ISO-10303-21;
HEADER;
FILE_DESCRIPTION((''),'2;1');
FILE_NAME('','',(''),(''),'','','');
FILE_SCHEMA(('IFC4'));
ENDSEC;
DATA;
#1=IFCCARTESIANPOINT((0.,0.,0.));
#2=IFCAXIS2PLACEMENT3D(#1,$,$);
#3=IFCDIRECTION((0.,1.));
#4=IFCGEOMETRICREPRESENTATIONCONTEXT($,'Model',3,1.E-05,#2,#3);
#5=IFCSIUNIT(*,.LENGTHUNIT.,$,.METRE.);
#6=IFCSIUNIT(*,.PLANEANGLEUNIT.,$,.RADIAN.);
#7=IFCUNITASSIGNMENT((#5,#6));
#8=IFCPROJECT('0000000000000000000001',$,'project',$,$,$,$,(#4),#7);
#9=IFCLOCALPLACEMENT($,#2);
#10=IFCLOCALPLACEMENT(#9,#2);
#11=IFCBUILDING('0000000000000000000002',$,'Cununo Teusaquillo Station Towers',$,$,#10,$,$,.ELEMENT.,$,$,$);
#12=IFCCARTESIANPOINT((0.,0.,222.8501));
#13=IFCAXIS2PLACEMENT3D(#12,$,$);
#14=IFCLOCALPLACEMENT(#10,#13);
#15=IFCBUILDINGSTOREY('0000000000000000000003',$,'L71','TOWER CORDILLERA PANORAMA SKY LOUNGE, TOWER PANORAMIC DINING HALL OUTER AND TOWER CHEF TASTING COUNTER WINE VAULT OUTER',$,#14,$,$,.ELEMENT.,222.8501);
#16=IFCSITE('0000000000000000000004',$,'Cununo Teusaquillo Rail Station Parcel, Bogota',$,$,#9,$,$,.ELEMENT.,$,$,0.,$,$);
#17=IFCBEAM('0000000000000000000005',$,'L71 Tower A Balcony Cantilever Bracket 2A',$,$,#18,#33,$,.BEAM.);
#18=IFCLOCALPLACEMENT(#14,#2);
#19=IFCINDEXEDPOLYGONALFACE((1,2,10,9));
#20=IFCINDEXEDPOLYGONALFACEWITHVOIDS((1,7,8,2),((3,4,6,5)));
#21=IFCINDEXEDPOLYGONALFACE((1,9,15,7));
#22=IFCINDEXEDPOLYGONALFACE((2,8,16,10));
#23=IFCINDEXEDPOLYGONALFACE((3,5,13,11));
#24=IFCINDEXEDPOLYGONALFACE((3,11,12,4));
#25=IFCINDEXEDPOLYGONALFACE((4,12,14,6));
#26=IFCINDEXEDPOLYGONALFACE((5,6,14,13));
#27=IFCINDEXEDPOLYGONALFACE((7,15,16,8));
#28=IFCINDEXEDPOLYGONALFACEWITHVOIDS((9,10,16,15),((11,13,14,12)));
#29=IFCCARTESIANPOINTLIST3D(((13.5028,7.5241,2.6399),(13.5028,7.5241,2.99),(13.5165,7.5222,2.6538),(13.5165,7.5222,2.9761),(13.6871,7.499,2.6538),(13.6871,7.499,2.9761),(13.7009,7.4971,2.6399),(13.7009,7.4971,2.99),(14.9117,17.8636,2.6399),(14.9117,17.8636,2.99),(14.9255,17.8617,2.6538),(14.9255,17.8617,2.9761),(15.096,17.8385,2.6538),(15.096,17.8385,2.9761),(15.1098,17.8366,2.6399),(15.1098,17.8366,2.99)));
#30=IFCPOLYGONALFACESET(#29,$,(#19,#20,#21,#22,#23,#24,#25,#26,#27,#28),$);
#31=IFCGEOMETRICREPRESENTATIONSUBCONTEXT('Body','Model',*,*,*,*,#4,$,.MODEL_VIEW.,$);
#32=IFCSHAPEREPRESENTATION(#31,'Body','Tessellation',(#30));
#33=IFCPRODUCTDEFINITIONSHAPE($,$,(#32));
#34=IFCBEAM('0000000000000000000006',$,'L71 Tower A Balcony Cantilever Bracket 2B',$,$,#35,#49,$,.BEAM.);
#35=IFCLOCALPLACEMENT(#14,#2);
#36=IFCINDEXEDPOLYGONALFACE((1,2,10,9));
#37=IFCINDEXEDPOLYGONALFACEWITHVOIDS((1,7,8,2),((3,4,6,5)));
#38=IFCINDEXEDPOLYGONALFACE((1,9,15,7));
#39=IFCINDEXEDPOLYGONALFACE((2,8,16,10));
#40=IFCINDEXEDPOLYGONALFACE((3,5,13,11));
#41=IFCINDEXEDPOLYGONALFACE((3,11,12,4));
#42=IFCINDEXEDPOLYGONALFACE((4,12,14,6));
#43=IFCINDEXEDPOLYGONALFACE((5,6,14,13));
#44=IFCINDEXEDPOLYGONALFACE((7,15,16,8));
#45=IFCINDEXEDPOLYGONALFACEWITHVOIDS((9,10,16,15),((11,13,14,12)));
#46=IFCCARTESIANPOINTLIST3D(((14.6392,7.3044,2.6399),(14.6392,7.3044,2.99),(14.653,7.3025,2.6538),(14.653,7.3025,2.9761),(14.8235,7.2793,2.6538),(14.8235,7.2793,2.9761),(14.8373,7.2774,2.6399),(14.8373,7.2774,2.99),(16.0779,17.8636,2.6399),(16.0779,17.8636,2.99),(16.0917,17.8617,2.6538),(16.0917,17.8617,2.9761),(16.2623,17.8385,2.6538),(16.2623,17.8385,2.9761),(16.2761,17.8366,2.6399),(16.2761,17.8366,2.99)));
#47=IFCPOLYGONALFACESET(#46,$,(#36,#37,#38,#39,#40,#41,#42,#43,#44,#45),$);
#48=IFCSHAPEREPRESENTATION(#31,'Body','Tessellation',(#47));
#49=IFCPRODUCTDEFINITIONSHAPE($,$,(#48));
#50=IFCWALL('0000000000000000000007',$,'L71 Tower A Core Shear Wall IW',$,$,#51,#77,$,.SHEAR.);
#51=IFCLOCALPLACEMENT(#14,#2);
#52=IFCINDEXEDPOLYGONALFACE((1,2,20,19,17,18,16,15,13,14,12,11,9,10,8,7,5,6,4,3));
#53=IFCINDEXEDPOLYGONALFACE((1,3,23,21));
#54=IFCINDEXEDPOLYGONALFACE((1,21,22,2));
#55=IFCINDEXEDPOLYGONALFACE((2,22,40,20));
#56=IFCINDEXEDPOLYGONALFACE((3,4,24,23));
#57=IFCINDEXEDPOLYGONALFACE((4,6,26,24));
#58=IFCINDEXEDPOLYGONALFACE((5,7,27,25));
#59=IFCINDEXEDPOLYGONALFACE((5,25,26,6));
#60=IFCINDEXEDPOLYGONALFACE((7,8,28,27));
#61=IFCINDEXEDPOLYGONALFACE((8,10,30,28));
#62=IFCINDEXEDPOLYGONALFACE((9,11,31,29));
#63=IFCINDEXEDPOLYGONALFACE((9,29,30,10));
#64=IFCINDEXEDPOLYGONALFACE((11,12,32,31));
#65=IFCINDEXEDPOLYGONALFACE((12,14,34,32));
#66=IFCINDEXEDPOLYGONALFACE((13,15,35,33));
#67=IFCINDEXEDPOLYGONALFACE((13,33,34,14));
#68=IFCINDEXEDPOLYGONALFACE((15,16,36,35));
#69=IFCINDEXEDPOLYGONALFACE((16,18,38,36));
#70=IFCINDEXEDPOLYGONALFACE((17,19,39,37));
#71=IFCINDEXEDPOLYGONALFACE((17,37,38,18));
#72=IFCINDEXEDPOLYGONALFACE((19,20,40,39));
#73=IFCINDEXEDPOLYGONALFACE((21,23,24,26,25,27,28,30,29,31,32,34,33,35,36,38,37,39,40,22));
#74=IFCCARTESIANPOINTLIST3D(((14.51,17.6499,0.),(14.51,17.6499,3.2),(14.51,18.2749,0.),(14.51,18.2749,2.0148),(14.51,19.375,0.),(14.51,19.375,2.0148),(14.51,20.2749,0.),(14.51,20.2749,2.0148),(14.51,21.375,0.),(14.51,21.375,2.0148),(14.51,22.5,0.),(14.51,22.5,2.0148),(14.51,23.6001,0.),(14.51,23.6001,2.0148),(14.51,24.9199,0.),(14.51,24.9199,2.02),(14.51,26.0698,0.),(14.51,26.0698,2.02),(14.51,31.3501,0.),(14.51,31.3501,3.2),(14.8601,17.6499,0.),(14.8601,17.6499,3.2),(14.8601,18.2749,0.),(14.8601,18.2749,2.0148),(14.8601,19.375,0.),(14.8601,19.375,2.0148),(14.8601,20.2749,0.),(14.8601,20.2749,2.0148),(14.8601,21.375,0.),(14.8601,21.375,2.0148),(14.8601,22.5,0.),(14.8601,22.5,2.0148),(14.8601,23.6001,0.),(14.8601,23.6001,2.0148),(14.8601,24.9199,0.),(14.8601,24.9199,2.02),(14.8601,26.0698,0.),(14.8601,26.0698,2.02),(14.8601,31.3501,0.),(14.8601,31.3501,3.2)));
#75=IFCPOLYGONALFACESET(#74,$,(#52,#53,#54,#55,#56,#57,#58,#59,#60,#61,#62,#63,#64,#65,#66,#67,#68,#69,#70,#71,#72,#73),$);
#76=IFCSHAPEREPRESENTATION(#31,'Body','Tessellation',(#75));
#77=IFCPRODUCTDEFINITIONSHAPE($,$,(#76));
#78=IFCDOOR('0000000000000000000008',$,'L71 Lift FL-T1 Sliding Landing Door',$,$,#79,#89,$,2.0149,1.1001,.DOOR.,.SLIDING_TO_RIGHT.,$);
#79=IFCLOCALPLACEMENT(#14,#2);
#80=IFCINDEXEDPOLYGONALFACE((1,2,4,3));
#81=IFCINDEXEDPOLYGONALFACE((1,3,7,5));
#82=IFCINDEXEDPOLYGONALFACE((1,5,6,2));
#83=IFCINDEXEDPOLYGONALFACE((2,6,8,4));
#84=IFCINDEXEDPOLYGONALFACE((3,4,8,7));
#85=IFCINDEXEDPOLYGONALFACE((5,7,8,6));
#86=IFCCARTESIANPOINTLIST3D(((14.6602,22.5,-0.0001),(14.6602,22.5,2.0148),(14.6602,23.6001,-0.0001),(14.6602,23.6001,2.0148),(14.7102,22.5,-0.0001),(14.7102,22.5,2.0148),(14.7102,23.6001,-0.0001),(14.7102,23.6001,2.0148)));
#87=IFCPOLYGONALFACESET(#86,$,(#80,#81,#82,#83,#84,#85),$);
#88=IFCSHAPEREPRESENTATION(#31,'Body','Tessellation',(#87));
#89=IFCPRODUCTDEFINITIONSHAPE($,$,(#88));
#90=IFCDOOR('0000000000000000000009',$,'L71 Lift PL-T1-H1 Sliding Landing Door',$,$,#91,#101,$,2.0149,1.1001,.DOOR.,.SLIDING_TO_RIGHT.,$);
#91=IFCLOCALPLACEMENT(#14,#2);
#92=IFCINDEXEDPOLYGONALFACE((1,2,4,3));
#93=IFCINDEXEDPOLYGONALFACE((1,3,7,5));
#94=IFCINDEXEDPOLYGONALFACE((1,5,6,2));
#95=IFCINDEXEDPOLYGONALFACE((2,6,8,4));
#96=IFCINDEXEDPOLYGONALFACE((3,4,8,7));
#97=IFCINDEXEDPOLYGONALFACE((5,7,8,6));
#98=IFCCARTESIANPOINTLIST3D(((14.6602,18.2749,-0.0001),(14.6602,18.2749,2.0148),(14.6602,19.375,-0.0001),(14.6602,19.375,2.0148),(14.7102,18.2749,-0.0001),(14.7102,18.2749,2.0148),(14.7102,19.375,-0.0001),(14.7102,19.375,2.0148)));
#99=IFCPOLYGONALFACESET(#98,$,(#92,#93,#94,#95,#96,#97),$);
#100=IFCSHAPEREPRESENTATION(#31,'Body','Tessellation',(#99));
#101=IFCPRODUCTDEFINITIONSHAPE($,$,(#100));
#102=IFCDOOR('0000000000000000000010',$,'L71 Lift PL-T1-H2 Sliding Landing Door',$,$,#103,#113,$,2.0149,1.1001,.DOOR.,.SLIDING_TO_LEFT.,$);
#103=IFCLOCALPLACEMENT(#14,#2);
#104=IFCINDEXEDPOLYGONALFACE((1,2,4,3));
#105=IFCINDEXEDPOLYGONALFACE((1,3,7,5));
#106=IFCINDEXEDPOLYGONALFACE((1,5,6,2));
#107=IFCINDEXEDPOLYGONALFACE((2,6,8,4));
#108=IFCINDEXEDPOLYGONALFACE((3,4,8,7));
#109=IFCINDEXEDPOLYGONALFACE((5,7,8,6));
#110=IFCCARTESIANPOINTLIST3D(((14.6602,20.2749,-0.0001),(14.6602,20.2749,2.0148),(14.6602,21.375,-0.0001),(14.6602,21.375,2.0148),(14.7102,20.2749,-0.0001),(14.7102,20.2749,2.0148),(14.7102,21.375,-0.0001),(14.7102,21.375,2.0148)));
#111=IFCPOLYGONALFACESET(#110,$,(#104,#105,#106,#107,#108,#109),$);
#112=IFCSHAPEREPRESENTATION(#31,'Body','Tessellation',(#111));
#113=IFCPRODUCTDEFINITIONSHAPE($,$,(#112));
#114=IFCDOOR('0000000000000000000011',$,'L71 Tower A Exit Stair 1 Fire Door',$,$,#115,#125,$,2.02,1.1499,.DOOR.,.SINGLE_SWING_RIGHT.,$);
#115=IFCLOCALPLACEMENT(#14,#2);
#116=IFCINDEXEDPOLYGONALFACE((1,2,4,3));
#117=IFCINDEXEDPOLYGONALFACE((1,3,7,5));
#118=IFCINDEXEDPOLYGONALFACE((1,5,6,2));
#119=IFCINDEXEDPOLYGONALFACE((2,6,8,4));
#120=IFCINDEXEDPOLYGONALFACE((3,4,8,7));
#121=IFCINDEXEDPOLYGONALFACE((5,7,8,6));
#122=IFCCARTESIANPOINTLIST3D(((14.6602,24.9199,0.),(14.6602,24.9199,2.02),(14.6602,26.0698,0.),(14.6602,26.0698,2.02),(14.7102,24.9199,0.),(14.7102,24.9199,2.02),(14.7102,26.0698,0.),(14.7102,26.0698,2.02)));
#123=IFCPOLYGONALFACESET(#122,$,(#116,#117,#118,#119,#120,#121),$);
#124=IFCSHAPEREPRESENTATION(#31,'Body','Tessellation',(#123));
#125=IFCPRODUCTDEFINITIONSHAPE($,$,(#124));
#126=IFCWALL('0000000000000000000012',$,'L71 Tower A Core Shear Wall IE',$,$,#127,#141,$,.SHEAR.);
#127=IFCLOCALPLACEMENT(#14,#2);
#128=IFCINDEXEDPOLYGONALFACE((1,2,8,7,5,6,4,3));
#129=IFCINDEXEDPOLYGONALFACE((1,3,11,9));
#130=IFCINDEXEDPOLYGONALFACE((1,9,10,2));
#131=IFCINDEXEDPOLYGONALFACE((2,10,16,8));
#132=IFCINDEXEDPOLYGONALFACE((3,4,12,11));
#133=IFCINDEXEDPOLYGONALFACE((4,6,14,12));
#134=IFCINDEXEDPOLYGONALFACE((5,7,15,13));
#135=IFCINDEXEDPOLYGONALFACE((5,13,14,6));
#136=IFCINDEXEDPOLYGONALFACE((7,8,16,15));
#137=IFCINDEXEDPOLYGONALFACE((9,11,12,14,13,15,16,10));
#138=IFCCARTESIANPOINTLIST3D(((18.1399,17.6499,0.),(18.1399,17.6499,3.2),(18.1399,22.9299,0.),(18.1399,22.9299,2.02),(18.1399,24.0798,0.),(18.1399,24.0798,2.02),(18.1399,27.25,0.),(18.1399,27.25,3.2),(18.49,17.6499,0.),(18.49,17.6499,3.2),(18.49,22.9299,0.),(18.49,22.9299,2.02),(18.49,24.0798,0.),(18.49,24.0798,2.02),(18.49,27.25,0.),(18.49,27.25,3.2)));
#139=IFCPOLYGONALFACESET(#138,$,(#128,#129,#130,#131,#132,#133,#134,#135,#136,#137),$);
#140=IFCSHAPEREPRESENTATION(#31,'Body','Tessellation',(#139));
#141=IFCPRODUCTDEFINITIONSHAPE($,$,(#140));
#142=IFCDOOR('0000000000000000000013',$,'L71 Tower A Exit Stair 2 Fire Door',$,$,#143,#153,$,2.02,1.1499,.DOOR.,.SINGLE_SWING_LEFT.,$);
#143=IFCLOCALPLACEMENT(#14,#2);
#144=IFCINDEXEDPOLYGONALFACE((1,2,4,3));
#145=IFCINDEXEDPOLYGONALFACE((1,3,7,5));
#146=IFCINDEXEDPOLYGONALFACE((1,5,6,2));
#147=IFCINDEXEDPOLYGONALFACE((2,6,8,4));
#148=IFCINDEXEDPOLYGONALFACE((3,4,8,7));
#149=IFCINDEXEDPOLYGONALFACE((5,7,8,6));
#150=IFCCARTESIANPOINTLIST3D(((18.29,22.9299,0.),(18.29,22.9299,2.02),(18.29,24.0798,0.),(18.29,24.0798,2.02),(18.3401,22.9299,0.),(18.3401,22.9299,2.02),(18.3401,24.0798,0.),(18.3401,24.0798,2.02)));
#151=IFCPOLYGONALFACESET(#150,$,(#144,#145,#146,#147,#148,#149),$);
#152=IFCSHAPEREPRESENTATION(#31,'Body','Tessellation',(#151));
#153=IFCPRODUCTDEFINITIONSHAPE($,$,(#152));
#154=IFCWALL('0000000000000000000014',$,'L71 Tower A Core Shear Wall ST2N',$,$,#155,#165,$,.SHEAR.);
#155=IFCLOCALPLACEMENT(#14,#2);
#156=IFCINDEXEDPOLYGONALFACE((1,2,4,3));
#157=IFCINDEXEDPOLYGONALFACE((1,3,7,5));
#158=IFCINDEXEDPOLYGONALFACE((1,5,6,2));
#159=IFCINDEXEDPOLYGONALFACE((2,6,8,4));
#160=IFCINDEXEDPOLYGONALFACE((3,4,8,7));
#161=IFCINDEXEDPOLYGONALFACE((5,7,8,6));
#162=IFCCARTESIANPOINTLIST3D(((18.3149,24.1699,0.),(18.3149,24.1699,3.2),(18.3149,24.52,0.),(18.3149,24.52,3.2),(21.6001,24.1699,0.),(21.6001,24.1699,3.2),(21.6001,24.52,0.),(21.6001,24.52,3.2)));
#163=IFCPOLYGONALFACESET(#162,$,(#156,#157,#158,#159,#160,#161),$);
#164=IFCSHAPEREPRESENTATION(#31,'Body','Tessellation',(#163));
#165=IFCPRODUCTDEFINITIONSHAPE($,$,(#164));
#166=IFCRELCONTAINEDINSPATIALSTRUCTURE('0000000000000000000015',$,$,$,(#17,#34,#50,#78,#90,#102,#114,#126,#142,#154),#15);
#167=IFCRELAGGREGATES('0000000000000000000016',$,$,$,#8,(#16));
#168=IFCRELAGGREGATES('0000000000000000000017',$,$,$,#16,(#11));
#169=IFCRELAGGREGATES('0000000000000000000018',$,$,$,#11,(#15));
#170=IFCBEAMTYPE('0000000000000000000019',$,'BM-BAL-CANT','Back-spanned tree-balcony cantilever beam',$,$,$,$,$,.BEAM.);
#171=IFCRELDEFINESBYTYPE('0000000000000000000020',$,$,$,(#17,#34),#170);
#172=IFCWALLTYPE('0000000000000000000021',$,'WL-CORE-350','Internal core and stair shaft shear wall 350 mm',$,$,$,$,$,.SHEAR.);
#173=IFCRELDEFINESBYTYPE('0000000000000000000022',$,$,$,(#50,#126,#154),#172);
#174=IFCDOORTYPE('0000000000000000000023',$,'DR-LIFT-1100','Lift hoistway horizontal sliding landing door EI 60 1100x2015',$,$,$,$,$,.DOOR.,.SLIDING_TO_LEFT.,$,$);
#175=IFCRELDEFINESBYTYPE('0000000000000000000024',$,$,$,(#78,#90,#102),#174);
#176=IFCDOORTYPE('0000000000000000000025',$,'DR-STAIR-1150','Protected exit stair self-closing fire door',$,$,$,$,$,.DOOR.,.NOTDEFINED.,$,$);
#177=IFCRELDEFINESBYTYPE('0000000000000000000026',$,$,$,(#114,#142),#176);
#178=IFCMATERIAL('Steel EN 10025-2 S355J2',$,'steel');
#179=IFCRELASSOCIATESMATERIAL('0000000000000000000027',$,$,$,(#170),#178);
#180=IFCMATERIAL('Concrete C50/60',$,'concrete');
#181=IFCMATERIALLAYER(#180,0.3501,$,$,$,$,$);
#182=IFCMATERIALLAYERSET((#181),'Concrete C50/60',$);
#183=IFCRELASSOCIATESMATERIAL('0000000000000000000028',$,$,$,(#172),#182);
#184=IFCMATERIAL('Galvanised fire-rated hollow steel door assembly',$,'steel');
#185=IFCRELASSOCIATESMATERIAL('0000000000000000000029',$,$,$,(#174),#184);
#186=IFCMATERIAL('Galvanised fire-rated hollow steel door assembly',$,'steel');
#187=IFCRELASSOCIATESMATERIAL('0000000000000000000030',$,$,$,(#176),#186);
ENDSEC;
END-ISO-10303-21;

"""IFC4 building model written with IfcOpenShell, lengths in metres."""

from ifc_helpers import new_model, si_unit, direction, frame, frame_2d, origin, origin_2d, place, context, subcontext, project, spatial, rectangle, hollow_rectangle, extrude, source, transform, mapped, material, layer, layer_set, material_profile, profile_set, type_object, element, fill, save


model = new_model("IFC4")

# Units and contexts
model_context = context("Model", 3, precision=1e-05, world=origin(), true_north=direction((0.0, 1.0)))
body_context = subcontext(model_context, "Body", "Model", "MODEL_VIEW")
ifc_project = project(units=[si_unit("LENGTHUNIT", "METRE"), si_unit("PLANEANGLEUNIT", "RADIAN")], contexts=[model_context])

# Site, building, storey
site_placement = place(None, origin())
site = spatial("IfcSite", under=ifc_project, at=site_placement, Name="Cununo Teusaquillo Rail Station Parcel, Bogota", CompositionType="ELEMENT", RefElevation=0.0)
building_placement = place(site_placement, origin())
building = spatial("IfcBuilding", under=site, at=building_placement, Name="Cununo Teusaquillo Station Towers", CompositionType="ELEMENT")
storey_placement = place(building_placement, frame((0.0, 0.0, 222.8501)))
storey = spatial("IfcBuildingStorey", under=building, at=storey_placement, Name="L71", Description="TOWER CORDILLERA PANORAMA SKY LOUNGE, TOWER PANORAMIC DINING HALL OUTER AND TOWER CHEF TASTING COUNTER WINE VAULT OUTER", CompositionType="ELEMENT", Elevation=222.8501)

# Beams
ifc_material_1 = material(Name="Steel EN 10025-2 S355J2", Category="steel")
ifc_material_profile = material_profile(ifc_material_1, hollow_rectangle(XDim=0.2, YDim=0.3501, WallThickness=0.0139, at=origin_2d()), Name="RHS 350x200x14")
ifc_profile_set = profile_set([ifc_material_profile], Name="Steel EN 10025-2 S355J2")
beam_type = type_object("IfcBeamType", Name="BM-BAL-CANT", Description="Back-spanned tree-balcony cantilever beam", PredefinedType="BEAM", material=ifc_profile_set)
beam_1_placement = place(storey_placement, frame((15.0107, 17.8501, 2.8149), z_axis=(-0.135018, -0.990843, 0.0), x_axis=(0.990843, -0.135018, 0.0)))
element("IfcBeam", 1, at=beam_1_placement, inside=storey, type_object=beam_type, Name="L71 Tower A Balcony Cantilever Bracket 2A", PredefinedType="BEAM", context=body_context, shape_type="SweptSolid", body=[
    extrude(hollow_rectangle(XDim=0.2, YDim=0.3501, WallThickness=0.0139, at=origin_2d()), origin(), (0.0, 0.0, 1.0), 10.4351),
])
beam_2_placement = place(storey_placement, frame((16.177, 17.8501, 2.8149), z_axis=(-0.135007, -0.990845, 0.0), x_axis=(0.990845, -0.135007, 0.0)))
element("IfcBeam", 2, at=beam_2_placement, inside=storey, type_object=beam_type, Name="L71 Tower A Balcony Cantilever Bracket 2B", PredefinedType="BEAM", context=body_context, shape_type="SweptSolid", body=[
    extrude(hollow_rectangle(XDim=0.2, YDim=0.3501, WallThickness=0.0139, at=origin_2d()), origin(), (0.0, 0.0, 1.0), 10.6567),
])

# Wall, openings, doors
ifc_material_2 = material(Name="Concrete C50/60", Category="concrete")
ifc_layer_1 = layer(ifc_material_2, 0.3501)
ifc_layer_set_1 = layer_set([ifc_layer_1], Name="Concrete C50/60")
wall_type_1 = type_object("IfcWallType", Name="WL-CORE-350", Description="Internal core and stair shaft shear wall 350 mm", PredefinedType="SHEAR", material=ifc_layer_set_1)
wall_1_placement = place(storey_placement, frame((14.6851, 17.6499, 0.0), z_axis=(0.0, 0.0, 1.0), x_axis=(0.0, 1.0, 0.0)))
wall_1 = element("IfcWall", 3, at=wall_1_placement, inside=storey, type_object=wall_type_1, Name="L71 Tower A Core Shear Wall IW", PredefinedType="SHEAR", context=body_context, shape_type="SweptSolid", body=[
    extrude(rectangle(XDim=13.7002, YDim=0.3501, at=frame_2d((6.8501, 0.0))), origin(), (0.0, 0.0, 1.0), 3.2),
])
shared_shape_1 = source(origin(), body_context, "Body", "SweptSolid", [
    extrude(rectangle(XDim=1.1001, YDim=2.0149, at=frame_2d((0.55, 1.0073))), frame((0.0, 0.1851, 0.0), z_axis=(0.0, -1.0, 0.0), x_axis=(1.0, 0.0, 0.0)), (0.0, 0.0, 1.0), 0.3701),
])
opening_1_placement = place(wall_1_placement, frame((4.8501, 0.0, 0.0)))
opening_1 = element("IfcOpeningElement", 4, at=opening_1_placement, cuts=wall_1, PredefinedType="OPENING", context=body_context, shape_type="MappedRepresentation", body=[
    mapped(shared_shape_1, transform((0.0, 0.0, 0.0), x_axis=(1.0, 0.0, 0.0), y_axis=(0.0, 1.0, 0.0), z_axis=(0.0, 0.0, 1.0), scale=1.0)),
])
opening_2_placement = place(wall_1_placement, frame((0.625, 0.0, 0.0)))
opening_2 = element("IfcOpeningElement", 5, at=opening_2_placement, cuts=wall_1, PredefinedType="OPENING", context=body_context, shape_type="MappedRepresentation", body=[
    mapped(shared_shape_1, transform((0.0, 0.0, 0.0), x_axis=(1.0, 0.0, 0.0), y_axis=(0.0, 1.0, 0.0), z_axis=(0.0, 0.0, 1.0), scale=1.0)),
])
opening_3_placement = place(wall_1_placement, frame((2.625, 0.0, 0.0)))
opening_3 = element("IfcOpeningElement", 6, at=opening_3_placement, cuts=wall_1, PredefinedType="OPENING", context=body_context, shape_type="MappedRepresentation", body=[
    mapped(shared_shape_1, transform((0.0, 0.0, 0.0), x_axis=(1.0, 0.0, 0.0), y_axis=(0.0, 1.0, 0.0), z_axis=(0.0, 0.0, 1.0), scale=1.0)),
])
shared_shape_2 = source(origin(), body_context, "Body", "SweptSolid", [
    extrude(rectangle(XDim=1.1499, YDim=2.02, at=frame_2d((0.575, 1.01))), frame((0.0, 0.1851, 0.0), z_axis=(0.0, -1.0, 0.0), x_axis=(1.0, 0.0, 0.0)), (0.0, 0.0, 1.0), 0.3701),
])
opening_4_placement = place(wall_1_placement, frame((7.27, 0.0, 0.0)))
opening_4 = element("IfcOpeningElement", 7, at=opening_4_placement, cuts=wall_1, PredefinedType="OPENING", context=body_context, shape_type="MappedRepresentation", body=[
    mapped(shared_shape_2, transform((0.0, 0.0, 0.0), x_axis=(1.0, 0.0, 0.0), y_axis=(0.0, 1.0, 0.0), z_axis=(0.0, 0.0, 1.0), scale=1.0)),
])
ifc_material_3 = material(Name="Galvanised fire-rated hollow steel door assembly", Category="steel")
door_type_1 = type_object("IfcDoorType", Name="DR-LIFT-1100", Description="Lift hoistway horizontal sliding landing door EI 60 1100x2015", OperationType="SLIDING_TO_LEFT", PredefinedType="DOOR", material=ifc_material_3)
shared_shape_3 = source(origin(), body_context, "Body", "SweptSolid", [
    extrude(rectangle(XDim=1.1001, YDim=2.0149, at=frame_2d((0.55, 1.0073))), frame((0.0, 0.0249, 0.0), z_axis=(0.0, -1.0, 0.0), x_axis=(1.0, 0.0, 0.0)), (0.0, 0.0, 1.0), 0.05),
])
door_1_placement = place(opening_1_placement, origin())
door_1 = element("IfcDoor", 8, at=door_1_placement, inside=storey, type_object=door_type_1, Name="L71 Lift FL-T1 Sliding Landing Door", OperationType="SLIDING_TO_RIGHT", OverallHeight=2.0149, OverallWidth=1.1001, PredefinedType="DOOR", context=body_context, shape_type="MappedRepresentation", body=[
    mapped(shared_shape_3, transform((0.0, 0.0, 0.0), x_axis=(1.0, 0.0, 0.0), y_axis=(0.0, 1.0, 0.0), z_axis=(0.0, 0.0, 1.0), scale=1.0)),
])
fill(opening_1, door_1)
door_2_placement = place(opening_2_placement, origin())
door_2 = element("IfcDoor", 9, at=door_2_placement, inside=storey, type_object=door_type_1, Name="L71 Lift PL-T1-H1 Sliding Landing Door", OperationType="SLIDING_TO_RIGHT", OverallHeight=2.0149, OverallWidth=1.1001, PredefinedType="DOOR", context=body_context, shape_type="MappedRepresentation", body=[
    mapped(shared_shape_3, transform((0.0, 0.0, 0.0), x_axis=(1.0, 0.0, 0.0), y_axis=(0.0, 1.0, 0.0), z_axis=(0.0, 0.0, 1.0), scale=1.0)),
])
fill(opening_2, door_2)
door_3_placement = place(opening_3_placement, origin())
door_3 = element("IfcDoor", 10, at=door_3_placement, inside=storey, type_object=door_type_1, Name="L71 Lift PL-T1-H2 Sliding Landing Door", OperationType="SLIDING_TO_LEFT", OverallHeight=2.0149, OverallWidth=1.1001, PredefinedType="DOOR", context=body_context, shape_type="MappedRepresentation", body=[
    mapped(shared_shape_3, transform((0.0, 0.0, 0.0), x_axis=(1.0, 0.0, 0.0), y_axis=(0.0, 1.0, 0.0), z_axis=(0.0, 0.0, 1.0), scale=1.0)),
])
fill(opening_3, door_3)
ifc_material_4 = material(Name="Galvanised fire-rated hollow steel door assembly", Category="steel")
door_type_2 = type_object("IfcDoorType", Name="DR-STAIR-1150", Description="Protected exit stair self-closing fire door", OperationType="NOTDEFINED", PredefinedType="DOOR", material=ifc_material_4)
shared_shape_4 = source(origin(), body_context, "Body", "SweptSolid", [
    extrude(rectangle(XDim=1.1499, YDim=2.02, at=frame_2d((0.575, 1.01))), frame((0.0, 0.0249, 0.0), z_axis=(0.0, -1.0, 0.0), x_axis=(1.0, 0.0, 0.0)), (0.0, 0.0, 1.0), 0.05),
])
door_4_placement = place(opening_4_placement, origin())
door_4 = element("IfcDoor", 11, at=door_4_placement, inside=storey, type_object=door_type_2, Name="L71 Tower A Exit Stair 1 Fire Door", OperationType="SINGLE_SWING_RIGHT", OverallHeight=2.02, OverallWidth=1.1499, PredefinedType="DOOR", context=body_context, shape_type="MappedRepresentation", body=[
    mapped(shared_shape_4, transform((0.0, 0.0, 0.0), x_axis=(1.0, 0.0, 0.0), y_axis=(0.0, 1.0, 0.0), z_axis=(0.0, 0.0, 1.0), scale=1.0)),
])
fill(opening_4, door_4)

# Wall, opening, door
wall_2_placement = place(storey_placement, frame((18.3149, 17.6499, 0.0), z_axis=(0.0, 0.0, 1.0), x_axis=(0.0, 1.0, 0.0)))
wall_2 = element("IfcWall", 12, at=wall_2_placement, inside=storey, type_object=wall_type_1, Name="L71 Tower A Core Shear Wall IE", PredefinedType="SHEAR", context=body_context, shape_type="SweptSolid", body=[
    extrude(rectangle(XDim=9.6001, YDim=0.3501, at=frame_2d((4.8, 0.0))), origin(), (0.0, 0.0, 1.0), 3.2),
])
opening_5_placement = place(wall_2_placement, frame((5.28, 0.0, 0.0)))
opening_5 = element("IfcOpeningElement", 13, at=opening_5_placement, cuts=wall_2, PredefinedType="OPENING", context=body_context, shape_type="MappedRepresentation", body=[
    mapped(shared_shape_2, transform((0.0, 0.0, 0.0), x_axis=(1.0, 0.0, 0.0), y_axis=(0.0, 1.0, 0.0), z_axis=(0.0, 0.0, 1.0), scale=1.0)),
])
door_5_placement = place(opening_5_placement, origin())
door_5 = element("IfcDoor", 14, at=door_5_placement, inside=storey, type_object=door_type_2, Name="L71 Tower A Exit Stair 2 Fire Door", OperationType="SINGLE_SWING_LEFT", OverallHeight=2.02, OverallWidth=1.1499, PredefinedType="DOOR", context=body_context, shape_type="MappedRepresentation", body=[
    mapped(shared_shape_4, transform((0.0, 0.0, 0.0), x_axis=(1.0, 0.0, 0.0), y_axis=(0.0, 1.0, 0.0), z_axis=(0.0, 0.0, 1.0), scale=1.0)),
])
fill(opening_5, door_5)

# Wall
wall_3_placement = place(storey_placement, frame((18.3149, 24.345, 0.0), z_axis=(0.0, 0.0, 1.0), x_axis=(1.0, 0.0, 0.0)))
element("IfcWall", 15, at=wall_3_placement, inside=storey, type_object=wall_type_1, Name="L71 Tower A Core Shear Wall ST2N", PredefinedType="SHEAR", context=body_context, shape_type="SweptSolid", body=[
    extrude(rectangle(XDim=3.2852, YDim=0.3501, at=frame_2d((1.6426, 0.0))), origin(), (0.0, 0.0, 1.0), 3.2),
])

save(model, "model.ifc")
